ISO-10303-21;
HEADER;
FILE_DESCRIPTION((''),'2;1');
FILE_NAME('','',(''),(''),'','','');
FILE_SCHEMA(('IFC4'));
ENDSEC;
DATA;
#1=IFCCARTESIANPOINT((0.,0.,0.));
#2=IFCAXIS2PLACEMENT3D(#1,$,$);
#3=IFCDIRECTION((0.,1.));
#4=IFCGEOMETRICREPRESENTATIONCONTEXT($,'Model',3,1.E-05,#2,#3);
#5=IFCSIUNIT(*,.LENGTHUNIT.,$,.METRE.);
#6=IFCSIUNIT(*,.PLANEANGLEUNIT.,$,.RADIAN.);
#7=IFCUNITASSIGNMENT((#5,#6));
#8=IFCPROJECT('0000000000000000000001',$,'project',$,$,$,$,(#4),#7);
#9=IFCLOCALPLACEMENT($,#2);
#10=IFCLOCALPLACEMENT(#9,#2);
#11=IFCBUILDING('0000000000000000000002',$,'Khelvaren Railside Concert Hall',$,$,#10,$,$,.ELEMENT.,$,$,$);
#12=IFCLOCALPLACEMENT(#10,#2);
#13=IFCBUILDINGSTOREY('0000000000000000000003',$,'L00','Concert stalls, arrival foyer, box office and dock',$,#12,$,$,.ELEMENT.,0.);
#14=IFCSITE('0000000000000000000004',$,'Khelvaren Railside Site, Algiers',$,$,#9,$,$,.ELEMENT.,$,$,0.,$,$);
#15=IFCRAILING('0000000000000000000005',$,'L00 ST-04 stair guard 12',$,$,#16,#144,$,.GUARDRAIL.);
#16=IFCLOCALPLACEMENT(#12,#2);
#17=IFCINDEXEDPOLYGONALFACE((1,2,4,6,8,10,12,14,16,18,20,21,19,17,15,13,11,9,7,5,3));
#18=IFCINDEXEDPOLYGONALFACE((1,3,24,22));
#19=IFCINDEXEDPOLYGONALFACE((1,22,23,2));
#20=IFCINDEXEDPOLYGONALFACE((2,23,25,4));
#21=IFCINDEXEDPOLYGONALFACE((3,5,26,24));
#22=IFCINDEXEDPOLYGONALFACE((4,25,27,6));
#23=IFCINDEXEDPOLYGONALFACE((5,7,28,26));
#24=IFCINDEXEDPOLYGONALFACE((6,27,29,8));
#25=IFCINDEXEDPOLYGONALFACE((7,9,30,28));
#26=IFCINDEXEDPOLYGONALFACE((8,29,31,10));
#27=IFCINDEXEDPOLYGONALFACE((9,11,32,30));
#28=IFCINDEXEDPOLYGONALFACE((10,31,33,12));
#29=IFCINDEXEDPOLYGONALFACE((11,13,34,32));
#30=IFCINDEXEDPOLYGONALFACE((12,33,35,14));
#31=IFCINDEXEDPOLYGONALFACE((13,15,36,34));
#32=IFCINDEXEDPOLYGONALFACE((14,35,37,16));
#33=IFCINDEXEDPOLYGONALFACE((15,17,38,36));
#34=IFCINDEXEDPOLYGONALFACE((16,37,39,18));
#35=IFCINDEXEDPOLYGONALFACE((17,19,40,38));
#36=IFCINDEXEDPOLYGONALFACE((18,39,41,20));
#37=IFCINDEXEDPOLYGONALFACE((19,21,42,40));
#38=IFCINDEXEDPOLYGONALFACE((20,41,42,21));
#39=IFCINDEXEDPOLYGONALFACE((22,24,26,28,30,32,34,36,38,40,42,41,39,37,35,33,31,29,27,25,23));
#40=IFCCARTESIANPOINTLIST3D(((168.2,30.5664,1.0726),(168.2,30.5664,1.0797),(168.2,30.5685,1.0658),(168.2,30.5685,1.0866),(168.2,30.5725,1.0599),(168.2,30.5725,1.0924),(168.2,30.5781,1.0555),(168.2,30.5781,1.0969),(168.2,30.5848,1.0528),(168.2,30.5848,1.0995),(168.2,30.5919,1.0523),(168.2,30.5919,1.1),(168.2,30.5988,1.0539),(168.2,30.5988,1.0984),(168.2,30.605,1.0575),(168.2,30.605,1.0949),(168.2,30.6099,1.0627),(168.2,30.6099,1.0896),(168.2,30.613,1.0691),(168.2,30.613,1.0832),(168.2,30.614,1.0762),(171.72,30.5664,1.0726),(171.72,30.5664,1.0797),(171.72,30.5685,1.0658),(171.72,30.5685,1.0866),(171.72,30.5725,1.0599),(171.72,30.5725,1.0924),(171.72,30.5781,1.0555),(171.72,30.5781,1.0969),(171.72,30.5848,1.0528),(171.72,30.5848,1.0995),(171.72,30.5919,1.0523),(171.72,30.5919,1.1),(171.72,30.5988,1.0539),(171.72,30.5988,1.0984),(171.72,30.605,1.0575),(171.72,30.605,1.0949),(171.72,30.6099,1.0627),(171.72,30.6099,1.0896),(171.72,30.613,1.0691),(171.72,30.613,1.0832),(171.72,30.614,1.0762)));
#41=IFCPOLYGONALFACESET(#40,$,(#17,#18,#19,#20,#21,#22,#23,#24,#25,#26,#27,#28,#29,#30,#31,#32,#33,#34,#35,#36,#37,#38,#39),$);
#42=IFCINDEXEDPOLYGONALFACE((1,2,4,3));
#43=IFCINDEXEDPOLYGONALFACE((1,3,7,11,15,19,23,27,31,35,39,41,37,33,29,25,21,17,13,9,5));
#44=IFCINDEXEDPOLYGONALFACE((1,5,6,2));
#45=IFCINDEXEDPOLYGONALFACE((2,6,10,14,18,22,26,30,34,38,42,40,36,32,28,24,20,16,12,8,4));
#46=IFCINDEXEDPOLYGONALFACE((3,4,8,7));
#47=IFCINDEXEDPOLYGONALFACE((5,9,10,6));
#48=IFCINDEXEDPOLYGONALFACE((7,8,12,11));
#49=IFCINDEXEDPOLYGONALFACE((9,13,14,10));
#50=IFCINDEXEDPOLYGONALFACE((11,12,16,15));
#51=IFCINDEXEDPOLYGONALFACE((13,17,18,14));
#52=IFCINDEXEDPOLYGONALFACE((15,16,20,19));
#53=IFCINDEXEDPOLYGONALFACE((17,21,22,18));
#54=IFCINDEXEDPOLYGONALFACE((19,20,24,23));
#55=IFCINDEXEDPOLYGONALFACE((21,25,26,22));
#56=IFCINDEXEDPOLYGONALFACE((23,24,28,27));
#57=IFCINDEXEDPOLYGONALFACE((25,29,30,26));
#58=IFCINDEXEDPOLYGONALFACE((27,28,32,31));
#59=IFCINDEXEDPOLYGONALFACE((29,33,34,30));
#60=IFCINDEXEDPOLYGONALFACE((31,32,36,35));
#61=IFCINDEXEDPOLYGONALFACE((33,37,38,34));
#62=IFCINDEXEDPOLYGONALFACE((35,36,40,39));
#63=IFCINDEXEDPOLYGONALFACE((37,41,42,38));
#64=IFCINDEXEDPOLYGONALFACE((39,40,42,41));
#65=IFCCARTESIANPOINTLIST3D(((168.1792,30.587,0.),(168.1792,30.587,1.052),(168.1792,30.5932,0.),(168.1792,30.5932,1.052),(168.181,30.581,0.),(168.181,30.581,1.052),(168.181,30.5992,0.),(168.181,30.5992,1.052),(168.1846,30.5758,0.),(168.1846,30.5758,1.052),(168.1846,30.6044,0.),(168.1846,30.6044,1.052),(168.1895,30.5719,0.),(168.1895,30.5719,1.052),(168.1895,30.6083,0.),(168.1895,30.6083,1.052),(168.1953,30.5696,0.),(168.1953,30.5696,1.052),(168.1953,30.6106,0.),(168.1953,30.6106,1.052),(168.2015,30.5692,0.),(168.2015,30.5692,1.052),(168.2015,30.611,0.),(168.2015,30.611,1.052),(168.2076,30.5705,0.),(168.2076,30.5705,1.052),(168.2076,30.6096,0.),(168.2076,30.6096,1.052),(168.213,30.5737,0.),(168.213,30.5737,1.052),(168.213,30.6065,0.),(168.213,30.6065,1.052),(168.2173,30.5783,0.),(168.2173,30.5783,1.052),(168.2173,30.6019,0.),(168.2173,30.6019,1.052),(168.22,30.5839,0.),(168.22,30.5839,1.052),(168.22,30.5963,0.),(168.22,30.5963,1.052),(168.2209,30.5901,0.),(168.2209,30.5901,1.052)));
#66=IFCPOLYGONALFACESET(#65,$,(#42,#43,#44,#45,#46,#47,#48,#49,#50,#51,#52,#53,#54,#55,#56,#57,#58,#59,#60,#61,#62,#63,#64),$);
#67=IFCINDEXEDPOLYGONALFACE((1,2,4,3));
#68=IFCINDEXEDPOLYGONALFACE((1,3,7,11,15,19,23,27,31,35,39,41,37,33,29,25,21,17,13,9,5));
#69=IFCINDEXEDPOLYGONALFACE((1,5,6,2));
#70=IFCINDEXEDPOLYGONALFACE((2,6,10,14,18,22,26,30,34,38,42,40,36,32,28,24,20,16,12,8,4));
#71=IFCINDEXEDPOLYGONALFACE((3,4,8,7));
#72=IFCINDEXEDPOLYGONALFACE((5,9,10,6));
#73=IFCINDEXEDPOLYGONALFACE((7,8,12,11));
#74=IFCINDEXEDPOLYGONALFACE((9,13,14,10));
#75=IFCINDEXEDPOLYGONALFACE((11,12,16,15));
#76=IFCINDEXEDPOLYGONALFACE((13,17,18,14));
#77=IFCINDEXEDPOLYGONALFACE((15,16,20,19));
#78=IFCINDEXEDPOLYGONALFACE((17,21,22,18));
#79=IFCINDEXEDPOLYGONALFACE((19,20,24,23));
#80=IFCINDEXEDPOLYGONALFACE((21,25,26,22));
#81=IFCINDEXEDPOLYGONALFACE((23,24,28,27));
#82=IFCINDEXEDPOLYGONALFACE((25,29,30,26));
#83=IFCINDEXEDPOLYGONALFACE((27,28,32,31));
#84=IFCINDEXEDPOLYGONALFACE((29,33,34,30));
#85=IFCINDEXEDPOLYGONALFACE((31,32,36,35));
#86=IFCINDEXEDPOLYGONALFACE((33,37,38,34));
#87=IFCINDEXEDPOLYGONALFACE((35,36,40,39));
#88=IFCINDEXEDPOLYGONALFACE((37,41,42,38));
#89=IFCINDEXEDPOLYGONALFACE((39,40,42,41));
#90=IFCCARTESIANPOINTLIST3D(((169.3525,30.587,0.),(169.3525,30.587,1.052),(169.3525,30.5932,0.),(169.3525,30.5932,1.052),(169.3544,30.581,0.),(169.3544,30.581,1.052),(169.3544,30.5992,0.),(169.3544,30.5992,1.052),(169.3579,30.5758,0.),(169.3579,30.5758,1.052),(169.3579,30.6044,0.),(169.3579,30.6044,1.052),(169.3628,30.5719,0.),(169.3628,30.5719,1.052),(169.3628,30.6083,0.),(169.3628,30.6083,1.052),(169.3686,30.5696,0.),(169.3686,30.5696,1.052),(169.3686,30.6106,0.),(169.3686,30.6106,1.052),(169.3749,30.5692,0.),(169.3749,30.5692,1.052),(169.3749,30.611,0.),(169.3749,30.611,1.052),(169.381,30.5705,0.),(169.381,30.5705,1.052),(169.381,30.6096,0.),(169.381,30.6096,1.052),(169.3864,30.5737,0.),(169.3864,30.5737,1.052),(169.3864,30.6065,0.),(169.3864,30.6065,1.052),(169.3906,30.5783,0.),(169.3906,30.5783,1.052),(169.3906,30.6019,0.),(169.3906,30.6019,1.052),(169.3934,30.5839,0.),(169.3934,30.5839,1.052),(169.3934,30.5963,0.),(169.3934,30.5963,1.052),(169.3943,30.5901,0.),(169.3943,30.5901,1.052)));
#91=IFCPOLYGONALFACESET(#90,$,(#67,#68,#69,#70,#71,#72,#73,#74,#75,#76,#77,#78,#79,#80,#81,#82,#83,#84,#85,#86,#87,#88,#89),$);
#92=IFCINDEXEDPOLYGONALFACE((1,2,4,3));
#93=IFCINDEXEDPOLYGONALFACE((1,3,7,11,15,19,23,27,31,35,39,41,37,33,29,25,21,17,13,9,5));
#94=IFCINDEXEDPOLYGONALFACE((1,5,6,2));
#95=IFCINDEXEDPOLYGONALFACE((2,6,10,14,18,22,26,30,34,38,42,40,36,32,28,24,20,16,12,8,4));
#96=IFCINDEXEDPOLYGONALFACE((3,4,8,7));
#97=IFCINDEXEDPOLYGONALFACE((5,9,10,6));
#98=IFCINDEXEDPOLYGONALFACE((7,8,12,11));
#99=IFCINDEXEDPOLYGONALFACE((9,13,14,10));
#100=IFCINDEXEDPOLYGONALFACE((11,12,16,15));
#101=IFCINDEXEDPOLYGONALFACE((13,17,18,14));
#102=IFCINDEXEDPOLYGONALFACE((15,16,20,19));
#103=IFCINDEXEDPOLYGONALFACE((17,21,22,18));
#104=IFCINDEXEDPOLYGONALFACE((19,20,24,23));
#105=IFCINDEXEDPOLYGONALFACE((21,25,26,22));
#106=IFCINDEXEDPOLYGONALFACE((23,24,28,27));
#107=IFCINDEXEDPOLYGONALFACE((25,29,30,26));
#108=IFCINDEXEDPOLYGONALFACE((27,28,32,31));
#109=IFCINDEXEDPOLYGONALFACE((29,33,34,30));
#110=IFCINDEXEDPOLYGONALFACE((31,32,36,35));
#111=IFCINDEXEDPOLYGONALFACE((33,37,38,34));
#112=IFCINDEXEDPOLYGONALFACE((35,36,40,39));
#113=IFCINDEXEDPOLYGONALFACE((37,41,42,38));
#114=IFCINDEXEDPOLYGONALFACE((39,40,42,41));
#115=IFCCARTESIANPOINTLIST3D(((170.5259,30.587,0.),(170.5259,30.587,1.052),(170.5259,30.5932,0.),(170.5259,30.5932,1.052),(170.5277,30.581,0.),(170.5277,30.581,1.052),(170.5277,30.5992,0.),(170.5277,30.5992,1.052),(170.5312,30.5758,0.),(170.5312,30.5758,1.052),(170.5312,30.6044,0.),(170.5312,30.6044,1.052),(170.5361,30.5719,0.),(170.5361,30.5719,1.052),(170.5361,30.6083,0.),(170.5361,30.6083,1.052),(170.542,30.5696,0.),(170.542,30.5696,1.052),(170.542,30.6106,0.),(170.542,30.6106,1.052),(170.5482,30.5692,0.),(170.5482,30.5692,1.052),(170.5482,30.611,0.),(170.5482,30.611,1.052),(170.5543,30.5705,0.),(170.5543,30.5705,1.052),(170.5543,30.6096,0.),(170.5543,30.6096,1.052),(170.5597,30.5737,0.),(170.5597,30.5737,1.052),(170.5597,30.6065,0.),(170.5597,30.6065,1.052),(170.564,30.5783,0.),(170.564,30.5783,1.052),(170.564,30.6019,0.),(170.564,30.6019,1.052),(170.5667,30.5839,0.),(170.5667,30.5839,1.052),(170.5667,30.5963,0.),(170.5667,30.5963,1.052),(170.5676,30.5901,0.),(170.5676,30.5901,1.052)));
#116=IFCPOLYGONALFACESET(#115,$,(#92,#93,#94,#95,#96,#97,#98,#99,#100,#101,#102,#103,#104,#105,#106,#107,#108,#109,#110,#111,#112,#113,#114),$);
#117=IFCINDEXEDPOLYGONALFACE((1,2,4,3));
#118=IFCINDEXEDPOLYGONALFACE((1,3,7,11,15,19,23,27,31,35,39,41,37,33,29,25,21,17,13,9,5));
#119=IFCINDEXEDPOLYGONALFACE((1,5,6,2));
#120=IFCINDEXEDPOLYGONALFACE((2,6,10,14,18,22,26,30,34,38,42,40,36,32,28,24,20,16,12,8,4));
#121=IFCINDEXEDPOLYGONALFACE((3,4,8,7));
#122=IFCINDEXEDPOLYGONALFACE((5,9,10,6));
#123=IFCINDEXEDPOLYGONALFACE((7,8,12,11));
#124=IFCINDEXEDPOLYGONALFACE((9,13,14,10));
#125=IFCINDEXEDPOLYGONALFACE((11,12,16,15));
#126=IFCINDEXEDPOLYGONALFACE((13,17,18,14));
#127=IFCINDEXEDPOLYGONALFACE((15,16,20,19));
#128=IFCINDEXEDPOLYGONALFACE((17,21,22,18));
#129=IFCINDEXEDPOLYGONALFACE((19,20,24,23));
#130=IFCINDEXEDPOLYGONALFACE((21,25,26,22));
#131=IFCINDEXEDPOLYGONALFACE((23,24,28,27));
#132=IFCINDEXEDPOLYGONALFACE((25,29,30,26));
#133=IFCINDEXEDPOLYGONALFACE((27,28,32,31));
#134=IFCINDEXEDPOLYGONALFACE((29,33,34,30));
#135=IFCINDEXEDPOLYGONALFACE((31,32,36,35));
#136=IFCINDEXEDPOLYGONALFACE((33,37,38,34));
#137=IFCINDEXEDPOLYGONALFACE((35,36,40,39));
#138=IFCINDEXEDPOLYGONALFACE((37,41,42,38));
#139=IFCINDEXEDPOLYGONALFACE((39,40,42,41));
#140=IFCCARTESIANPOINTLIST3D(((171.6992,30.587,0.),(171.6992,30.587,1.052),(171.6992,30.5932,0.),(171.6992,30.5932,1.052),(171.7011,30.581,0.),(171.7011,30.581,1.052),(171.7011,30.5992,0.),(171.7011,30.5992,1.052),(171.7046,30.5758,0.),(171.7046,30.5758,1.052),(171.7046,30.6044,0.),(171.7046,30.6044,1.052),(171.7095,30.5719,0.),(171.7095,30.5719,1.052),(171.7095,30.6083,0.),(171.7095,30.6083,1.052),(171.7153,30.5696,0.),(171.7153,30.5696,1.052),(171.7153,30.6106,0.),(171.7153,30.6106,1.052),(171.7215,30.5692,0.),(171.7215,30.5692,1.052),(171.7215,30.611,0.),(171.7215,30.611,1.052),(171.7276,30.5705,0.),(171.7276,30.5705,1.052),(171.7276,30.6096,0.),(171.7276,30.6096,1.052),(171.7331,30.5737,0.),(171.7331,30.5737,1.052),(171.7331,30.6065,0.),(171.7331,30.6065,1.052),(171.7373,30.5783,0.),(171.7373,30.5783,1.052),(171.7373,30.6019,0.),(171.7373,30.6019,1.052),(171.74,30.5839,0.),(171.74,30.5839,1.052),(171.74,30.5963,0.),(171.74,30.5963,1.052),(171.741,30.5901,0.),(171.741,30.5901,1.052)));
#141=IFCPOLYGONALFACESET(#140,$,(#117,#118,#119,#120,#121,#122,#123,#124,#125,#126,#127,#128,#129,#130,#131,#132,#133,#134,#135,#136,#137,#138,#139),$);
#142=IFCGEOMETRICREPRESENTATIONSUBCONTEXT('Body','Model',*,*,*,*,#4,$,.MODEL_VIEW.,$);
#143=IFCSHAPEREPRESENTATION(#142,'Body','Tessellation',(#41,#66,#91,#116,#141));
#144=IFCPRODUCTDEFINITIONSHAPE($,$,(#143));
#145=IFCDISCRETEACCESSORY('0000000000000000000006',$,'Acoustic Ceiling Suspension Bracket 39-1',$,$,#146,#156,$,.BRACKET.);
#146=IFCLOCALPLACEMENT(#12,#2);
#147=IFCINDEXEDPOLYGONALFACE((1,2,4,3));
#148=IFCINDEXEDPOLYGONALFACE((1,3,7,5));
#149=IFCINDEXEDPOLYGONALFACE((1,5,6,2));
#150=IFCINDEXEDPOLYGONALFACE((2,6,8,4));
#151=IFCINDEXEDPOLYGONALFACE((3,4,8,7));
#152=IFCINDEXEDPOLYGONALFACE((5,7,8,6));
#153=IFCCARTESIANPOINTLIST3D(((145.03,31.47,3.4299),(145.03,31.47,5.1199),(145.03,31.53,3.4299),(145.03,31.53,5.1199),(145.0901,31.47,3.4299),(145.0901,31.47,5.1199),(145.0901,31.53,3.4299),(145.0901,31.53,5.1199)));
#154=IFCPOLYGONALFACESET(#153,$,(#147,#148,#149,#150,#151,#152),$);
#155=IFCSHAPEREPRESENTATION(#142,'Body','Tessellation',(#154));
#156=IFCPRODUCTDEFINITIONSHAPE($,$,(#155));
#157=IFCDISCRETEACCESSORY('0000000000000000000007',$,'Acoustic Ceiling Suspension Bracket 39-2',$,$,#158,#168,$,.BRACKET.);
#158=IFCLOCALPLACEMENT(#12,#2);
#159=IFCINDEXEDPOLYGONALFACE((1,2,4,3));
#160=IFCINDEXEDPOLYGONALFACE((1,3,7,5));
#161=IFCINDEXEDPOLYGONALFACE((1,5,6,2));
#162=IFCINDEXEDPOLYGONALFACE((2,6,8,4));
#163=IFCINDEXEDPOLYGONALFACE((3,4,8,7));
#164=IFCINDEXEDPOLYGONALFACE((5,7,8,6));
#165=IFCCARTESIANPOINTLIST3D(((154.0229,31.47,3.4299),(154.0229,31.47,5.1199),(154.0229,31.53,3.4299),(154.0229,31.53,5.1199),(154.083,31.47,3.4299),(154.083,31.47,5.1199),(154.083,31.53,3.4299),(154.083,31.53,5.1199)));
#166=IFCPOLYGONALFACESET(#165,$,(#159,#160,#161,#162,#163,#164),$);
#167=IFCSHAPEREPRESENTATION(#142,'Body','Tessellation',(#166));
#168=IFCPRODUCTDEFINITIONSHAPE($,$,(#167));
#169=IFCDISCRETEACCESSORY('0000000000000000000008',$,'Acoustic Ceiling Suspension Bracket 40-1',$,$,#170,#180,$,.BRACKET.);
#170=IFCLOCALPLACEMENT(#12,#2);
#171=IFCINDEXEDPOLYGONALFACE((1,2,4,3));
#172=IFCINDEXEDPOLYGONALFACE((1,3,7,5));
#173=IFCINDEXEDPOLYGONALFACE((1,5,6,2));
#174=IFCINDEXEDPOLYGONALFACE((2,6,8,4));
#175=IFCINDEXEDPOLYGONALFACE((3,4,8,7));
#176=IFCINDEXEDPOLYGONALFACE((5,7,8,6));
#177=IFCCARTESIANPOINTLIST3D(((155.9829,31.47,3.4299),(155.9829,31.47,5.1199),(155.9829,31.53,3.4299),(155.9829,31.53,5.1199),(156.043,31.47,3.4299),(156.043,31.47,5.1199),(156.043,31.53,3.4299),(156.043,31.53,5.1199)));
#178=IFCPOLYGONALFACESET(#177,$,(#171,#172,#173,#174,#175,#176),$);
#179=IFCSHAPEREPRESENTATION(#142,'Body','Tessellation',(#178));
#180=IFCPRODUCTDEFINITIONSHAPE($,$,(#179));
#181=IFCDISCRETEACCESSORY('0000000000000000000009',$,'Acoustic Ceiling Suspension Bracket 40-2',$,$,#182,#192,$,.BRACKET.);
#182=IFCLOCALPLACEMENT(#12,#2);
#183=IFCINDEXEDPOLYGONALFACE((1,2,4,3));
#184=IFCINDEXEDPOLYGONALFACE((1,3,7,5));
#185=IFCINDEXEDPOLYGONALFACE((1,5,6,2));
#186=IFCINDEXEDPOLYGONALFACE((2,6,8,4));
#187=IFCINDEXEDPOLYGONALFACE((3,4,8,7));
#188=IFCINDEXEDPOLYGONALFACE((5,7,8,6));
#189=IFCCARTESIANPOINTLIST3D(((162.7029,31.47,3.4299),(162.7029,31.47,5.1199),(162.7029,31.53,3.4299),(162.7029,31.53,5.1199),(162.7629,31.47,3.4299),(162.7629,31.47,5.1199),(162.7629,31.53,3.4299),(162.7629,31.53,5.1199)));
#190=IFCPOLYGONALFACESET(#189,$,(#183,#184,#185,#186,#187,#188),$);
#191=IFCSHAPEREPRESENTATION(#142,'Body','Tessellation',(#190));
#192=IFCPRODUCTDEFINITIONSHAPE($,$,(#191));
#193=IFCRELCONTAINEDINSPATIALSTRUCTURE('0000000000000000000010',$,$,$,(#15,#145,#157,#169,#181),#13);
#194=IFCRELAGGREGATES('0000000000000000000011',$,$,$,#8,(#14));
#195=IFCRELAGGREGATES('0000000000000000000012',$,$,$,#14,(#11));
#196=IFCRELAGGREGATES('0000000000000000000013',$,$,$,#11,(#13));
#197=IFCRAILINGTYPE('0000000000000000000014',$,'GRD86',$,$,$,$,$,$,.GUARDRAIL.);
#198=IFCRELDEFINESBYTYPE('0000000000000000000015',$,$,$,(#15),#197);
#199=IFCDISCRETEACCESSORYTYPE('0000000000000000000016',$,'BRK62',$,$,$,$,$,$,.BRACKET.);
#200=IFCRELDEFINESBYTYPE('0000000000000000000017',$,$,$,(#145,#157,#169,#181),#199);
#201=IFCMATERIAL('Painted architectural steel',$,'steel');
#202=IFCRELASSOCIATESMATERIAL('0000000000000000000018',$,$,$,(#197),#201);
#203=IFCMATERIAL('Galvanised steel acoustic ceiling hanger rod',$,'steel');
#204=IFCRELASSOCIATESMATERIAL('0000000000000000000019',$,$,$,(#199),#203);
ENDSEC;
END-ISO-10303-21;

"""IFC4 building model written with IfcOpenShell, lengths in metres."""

from ifc_helpers import new_model, si_unit, direction, frame, origin, origin_2d, place, context, subcontext, project, spatial, rectangle, circle, extrude, material, type_object, element, save


model = new_model("IFC4")

# Units and contexts
model_context = context("Model", 3, precision=1e-05, world=origin(), true_north=direction((0.0, 1.0)))
body_context = subcontext(model_context, "Body", "Model", "MODEL_VIEW")
ifc_project = project(units=[si_unit("LENGTHUNIT", "METRE"), si_unit("PLANEANGLEUNIT", "RADIAN")], contexts=[model_context])

# Site, building, storey
site_placement = place(None, origin())
site = spatial("IfcSite", under=ifc_project, at=site_placement, Name="Khelvaren Railside Site, Algiers", CompositionType="ELEMENT", RefElevation=0.0)
building_placement = place(site_placement, origin())
building = spatial("IfcBuilding", under=site, at=building_placement, Name="Khelvaren Railside Concert Hall", CompositionType="ELEMENT")
storey_placement = place(building_placement, origin())
storey = spatial("IfcBuildingStorey", under=building, at=storey_placement, Name="L00", Description="Concert stalls, arrival foyer, box office and dock", CompositionType="ELEMENT", Elevation=0.0)

# Railing
ifc_material_1 = material(Name="Painted architectural steel", Category="steel")
railing_type = type_object("IfcRailingType", Name="GRD86", PredefinedType="GUARDRAIL", material=ifc_material_1)
railing_1_placement = place(storey_placement, frame((168.2, 30.5901, 0.0)))
element("IfcRailing", 1, at=railing_1_placement, inside=storey, type_object=railing_type, Name="L00 ST-04 stair guard 12", PredefinedType="GUARDRAIL", context=body_context, shape_type="SweptSolid", body=[
    extrude(circle(Radius=0.0239, at=origin_2d()), frame((0.0, 0.0, 1.0762), z_axis=(1.0, 0.0, 0.0), x_axis=(0.0, 1.0, 0.0)), (0.0, 0.0, 1.0), 3.52),
    extrude(circle(Radius=0.021, at=origin_2d()), origin(), (0.0, 0.0, 1.0), 1.052),
    extrude(circle(Radius=0.021, at=origin_2d()), frame((1.1733, 0.0, 0.0)), (0.0, 0.0, 1.0), 1.052),
    extrude(circle(Radius=0.021, at=origin_2d()), frame((2.3467, 0.0, 0.0)), (0.0, 0.0, 1.0), 1.052),
    extrude(circle(Radius=0.021, at=origin_2d()), frame((3.52, 0.0, 0.0)), (0.0, 0.0, 1.0), 1.052),
])

# Discrete accessories
ifc_material_2 = material(Name="Galvanised steel acoustic ceiling hanger rod", Category="steel")
discrete_accessory_type = type_object("IfcDiscreteAccessoryType", Name="BRK62", PredefinedType="BRACKET", material=ifc_material_2)
for number, where, z_axis, x_axis, name in (
    (2, (145.0601, 31.5, 3.4299), (0.0, 0.0, 1.0), (1.0, 0.0, 0.0), "Acoustic Ceiling Suspension Bracket 39-1"),
    (3, (154.053, 31.5, 3.4299), (0.0, 0.0, 1.0), (1.0, 0.0, 0.0), "Acoustic Ceiling Suspension Bracket 39-2"),
    (4, (156.0129, 31.5, 3.4299), (0.0, 0.0, 1.0), (1.0, 0.0, 0.0), "Acoustic Ceiling Suspension Bracket 40-1"),
    (5, (162.7329, 31.5, 3.4299), (0.0, 0.0, 1.0), (1.0, 0.0, 0.0), "Acoustic Ceiling Suspension Bracket 40-2"),
):
    element("IfcDiscreteAccessory", number, at=place(storey_placement, frame(where, z_axis=z_axis, x_axis=x_axis)), inside=storey, type_object=discrete_accessory_type, Name=name, PredefinedType="BRACKET", context=body_context, shape_type="SweptSolid", body=[
        extrude(rectangle(XDim=0.0601, YDim=0.0601, at=origin_2d()), origin(), (0.0, 0.0, 1.0), 1.6899),
    ])

save(model, "model.ifc")
